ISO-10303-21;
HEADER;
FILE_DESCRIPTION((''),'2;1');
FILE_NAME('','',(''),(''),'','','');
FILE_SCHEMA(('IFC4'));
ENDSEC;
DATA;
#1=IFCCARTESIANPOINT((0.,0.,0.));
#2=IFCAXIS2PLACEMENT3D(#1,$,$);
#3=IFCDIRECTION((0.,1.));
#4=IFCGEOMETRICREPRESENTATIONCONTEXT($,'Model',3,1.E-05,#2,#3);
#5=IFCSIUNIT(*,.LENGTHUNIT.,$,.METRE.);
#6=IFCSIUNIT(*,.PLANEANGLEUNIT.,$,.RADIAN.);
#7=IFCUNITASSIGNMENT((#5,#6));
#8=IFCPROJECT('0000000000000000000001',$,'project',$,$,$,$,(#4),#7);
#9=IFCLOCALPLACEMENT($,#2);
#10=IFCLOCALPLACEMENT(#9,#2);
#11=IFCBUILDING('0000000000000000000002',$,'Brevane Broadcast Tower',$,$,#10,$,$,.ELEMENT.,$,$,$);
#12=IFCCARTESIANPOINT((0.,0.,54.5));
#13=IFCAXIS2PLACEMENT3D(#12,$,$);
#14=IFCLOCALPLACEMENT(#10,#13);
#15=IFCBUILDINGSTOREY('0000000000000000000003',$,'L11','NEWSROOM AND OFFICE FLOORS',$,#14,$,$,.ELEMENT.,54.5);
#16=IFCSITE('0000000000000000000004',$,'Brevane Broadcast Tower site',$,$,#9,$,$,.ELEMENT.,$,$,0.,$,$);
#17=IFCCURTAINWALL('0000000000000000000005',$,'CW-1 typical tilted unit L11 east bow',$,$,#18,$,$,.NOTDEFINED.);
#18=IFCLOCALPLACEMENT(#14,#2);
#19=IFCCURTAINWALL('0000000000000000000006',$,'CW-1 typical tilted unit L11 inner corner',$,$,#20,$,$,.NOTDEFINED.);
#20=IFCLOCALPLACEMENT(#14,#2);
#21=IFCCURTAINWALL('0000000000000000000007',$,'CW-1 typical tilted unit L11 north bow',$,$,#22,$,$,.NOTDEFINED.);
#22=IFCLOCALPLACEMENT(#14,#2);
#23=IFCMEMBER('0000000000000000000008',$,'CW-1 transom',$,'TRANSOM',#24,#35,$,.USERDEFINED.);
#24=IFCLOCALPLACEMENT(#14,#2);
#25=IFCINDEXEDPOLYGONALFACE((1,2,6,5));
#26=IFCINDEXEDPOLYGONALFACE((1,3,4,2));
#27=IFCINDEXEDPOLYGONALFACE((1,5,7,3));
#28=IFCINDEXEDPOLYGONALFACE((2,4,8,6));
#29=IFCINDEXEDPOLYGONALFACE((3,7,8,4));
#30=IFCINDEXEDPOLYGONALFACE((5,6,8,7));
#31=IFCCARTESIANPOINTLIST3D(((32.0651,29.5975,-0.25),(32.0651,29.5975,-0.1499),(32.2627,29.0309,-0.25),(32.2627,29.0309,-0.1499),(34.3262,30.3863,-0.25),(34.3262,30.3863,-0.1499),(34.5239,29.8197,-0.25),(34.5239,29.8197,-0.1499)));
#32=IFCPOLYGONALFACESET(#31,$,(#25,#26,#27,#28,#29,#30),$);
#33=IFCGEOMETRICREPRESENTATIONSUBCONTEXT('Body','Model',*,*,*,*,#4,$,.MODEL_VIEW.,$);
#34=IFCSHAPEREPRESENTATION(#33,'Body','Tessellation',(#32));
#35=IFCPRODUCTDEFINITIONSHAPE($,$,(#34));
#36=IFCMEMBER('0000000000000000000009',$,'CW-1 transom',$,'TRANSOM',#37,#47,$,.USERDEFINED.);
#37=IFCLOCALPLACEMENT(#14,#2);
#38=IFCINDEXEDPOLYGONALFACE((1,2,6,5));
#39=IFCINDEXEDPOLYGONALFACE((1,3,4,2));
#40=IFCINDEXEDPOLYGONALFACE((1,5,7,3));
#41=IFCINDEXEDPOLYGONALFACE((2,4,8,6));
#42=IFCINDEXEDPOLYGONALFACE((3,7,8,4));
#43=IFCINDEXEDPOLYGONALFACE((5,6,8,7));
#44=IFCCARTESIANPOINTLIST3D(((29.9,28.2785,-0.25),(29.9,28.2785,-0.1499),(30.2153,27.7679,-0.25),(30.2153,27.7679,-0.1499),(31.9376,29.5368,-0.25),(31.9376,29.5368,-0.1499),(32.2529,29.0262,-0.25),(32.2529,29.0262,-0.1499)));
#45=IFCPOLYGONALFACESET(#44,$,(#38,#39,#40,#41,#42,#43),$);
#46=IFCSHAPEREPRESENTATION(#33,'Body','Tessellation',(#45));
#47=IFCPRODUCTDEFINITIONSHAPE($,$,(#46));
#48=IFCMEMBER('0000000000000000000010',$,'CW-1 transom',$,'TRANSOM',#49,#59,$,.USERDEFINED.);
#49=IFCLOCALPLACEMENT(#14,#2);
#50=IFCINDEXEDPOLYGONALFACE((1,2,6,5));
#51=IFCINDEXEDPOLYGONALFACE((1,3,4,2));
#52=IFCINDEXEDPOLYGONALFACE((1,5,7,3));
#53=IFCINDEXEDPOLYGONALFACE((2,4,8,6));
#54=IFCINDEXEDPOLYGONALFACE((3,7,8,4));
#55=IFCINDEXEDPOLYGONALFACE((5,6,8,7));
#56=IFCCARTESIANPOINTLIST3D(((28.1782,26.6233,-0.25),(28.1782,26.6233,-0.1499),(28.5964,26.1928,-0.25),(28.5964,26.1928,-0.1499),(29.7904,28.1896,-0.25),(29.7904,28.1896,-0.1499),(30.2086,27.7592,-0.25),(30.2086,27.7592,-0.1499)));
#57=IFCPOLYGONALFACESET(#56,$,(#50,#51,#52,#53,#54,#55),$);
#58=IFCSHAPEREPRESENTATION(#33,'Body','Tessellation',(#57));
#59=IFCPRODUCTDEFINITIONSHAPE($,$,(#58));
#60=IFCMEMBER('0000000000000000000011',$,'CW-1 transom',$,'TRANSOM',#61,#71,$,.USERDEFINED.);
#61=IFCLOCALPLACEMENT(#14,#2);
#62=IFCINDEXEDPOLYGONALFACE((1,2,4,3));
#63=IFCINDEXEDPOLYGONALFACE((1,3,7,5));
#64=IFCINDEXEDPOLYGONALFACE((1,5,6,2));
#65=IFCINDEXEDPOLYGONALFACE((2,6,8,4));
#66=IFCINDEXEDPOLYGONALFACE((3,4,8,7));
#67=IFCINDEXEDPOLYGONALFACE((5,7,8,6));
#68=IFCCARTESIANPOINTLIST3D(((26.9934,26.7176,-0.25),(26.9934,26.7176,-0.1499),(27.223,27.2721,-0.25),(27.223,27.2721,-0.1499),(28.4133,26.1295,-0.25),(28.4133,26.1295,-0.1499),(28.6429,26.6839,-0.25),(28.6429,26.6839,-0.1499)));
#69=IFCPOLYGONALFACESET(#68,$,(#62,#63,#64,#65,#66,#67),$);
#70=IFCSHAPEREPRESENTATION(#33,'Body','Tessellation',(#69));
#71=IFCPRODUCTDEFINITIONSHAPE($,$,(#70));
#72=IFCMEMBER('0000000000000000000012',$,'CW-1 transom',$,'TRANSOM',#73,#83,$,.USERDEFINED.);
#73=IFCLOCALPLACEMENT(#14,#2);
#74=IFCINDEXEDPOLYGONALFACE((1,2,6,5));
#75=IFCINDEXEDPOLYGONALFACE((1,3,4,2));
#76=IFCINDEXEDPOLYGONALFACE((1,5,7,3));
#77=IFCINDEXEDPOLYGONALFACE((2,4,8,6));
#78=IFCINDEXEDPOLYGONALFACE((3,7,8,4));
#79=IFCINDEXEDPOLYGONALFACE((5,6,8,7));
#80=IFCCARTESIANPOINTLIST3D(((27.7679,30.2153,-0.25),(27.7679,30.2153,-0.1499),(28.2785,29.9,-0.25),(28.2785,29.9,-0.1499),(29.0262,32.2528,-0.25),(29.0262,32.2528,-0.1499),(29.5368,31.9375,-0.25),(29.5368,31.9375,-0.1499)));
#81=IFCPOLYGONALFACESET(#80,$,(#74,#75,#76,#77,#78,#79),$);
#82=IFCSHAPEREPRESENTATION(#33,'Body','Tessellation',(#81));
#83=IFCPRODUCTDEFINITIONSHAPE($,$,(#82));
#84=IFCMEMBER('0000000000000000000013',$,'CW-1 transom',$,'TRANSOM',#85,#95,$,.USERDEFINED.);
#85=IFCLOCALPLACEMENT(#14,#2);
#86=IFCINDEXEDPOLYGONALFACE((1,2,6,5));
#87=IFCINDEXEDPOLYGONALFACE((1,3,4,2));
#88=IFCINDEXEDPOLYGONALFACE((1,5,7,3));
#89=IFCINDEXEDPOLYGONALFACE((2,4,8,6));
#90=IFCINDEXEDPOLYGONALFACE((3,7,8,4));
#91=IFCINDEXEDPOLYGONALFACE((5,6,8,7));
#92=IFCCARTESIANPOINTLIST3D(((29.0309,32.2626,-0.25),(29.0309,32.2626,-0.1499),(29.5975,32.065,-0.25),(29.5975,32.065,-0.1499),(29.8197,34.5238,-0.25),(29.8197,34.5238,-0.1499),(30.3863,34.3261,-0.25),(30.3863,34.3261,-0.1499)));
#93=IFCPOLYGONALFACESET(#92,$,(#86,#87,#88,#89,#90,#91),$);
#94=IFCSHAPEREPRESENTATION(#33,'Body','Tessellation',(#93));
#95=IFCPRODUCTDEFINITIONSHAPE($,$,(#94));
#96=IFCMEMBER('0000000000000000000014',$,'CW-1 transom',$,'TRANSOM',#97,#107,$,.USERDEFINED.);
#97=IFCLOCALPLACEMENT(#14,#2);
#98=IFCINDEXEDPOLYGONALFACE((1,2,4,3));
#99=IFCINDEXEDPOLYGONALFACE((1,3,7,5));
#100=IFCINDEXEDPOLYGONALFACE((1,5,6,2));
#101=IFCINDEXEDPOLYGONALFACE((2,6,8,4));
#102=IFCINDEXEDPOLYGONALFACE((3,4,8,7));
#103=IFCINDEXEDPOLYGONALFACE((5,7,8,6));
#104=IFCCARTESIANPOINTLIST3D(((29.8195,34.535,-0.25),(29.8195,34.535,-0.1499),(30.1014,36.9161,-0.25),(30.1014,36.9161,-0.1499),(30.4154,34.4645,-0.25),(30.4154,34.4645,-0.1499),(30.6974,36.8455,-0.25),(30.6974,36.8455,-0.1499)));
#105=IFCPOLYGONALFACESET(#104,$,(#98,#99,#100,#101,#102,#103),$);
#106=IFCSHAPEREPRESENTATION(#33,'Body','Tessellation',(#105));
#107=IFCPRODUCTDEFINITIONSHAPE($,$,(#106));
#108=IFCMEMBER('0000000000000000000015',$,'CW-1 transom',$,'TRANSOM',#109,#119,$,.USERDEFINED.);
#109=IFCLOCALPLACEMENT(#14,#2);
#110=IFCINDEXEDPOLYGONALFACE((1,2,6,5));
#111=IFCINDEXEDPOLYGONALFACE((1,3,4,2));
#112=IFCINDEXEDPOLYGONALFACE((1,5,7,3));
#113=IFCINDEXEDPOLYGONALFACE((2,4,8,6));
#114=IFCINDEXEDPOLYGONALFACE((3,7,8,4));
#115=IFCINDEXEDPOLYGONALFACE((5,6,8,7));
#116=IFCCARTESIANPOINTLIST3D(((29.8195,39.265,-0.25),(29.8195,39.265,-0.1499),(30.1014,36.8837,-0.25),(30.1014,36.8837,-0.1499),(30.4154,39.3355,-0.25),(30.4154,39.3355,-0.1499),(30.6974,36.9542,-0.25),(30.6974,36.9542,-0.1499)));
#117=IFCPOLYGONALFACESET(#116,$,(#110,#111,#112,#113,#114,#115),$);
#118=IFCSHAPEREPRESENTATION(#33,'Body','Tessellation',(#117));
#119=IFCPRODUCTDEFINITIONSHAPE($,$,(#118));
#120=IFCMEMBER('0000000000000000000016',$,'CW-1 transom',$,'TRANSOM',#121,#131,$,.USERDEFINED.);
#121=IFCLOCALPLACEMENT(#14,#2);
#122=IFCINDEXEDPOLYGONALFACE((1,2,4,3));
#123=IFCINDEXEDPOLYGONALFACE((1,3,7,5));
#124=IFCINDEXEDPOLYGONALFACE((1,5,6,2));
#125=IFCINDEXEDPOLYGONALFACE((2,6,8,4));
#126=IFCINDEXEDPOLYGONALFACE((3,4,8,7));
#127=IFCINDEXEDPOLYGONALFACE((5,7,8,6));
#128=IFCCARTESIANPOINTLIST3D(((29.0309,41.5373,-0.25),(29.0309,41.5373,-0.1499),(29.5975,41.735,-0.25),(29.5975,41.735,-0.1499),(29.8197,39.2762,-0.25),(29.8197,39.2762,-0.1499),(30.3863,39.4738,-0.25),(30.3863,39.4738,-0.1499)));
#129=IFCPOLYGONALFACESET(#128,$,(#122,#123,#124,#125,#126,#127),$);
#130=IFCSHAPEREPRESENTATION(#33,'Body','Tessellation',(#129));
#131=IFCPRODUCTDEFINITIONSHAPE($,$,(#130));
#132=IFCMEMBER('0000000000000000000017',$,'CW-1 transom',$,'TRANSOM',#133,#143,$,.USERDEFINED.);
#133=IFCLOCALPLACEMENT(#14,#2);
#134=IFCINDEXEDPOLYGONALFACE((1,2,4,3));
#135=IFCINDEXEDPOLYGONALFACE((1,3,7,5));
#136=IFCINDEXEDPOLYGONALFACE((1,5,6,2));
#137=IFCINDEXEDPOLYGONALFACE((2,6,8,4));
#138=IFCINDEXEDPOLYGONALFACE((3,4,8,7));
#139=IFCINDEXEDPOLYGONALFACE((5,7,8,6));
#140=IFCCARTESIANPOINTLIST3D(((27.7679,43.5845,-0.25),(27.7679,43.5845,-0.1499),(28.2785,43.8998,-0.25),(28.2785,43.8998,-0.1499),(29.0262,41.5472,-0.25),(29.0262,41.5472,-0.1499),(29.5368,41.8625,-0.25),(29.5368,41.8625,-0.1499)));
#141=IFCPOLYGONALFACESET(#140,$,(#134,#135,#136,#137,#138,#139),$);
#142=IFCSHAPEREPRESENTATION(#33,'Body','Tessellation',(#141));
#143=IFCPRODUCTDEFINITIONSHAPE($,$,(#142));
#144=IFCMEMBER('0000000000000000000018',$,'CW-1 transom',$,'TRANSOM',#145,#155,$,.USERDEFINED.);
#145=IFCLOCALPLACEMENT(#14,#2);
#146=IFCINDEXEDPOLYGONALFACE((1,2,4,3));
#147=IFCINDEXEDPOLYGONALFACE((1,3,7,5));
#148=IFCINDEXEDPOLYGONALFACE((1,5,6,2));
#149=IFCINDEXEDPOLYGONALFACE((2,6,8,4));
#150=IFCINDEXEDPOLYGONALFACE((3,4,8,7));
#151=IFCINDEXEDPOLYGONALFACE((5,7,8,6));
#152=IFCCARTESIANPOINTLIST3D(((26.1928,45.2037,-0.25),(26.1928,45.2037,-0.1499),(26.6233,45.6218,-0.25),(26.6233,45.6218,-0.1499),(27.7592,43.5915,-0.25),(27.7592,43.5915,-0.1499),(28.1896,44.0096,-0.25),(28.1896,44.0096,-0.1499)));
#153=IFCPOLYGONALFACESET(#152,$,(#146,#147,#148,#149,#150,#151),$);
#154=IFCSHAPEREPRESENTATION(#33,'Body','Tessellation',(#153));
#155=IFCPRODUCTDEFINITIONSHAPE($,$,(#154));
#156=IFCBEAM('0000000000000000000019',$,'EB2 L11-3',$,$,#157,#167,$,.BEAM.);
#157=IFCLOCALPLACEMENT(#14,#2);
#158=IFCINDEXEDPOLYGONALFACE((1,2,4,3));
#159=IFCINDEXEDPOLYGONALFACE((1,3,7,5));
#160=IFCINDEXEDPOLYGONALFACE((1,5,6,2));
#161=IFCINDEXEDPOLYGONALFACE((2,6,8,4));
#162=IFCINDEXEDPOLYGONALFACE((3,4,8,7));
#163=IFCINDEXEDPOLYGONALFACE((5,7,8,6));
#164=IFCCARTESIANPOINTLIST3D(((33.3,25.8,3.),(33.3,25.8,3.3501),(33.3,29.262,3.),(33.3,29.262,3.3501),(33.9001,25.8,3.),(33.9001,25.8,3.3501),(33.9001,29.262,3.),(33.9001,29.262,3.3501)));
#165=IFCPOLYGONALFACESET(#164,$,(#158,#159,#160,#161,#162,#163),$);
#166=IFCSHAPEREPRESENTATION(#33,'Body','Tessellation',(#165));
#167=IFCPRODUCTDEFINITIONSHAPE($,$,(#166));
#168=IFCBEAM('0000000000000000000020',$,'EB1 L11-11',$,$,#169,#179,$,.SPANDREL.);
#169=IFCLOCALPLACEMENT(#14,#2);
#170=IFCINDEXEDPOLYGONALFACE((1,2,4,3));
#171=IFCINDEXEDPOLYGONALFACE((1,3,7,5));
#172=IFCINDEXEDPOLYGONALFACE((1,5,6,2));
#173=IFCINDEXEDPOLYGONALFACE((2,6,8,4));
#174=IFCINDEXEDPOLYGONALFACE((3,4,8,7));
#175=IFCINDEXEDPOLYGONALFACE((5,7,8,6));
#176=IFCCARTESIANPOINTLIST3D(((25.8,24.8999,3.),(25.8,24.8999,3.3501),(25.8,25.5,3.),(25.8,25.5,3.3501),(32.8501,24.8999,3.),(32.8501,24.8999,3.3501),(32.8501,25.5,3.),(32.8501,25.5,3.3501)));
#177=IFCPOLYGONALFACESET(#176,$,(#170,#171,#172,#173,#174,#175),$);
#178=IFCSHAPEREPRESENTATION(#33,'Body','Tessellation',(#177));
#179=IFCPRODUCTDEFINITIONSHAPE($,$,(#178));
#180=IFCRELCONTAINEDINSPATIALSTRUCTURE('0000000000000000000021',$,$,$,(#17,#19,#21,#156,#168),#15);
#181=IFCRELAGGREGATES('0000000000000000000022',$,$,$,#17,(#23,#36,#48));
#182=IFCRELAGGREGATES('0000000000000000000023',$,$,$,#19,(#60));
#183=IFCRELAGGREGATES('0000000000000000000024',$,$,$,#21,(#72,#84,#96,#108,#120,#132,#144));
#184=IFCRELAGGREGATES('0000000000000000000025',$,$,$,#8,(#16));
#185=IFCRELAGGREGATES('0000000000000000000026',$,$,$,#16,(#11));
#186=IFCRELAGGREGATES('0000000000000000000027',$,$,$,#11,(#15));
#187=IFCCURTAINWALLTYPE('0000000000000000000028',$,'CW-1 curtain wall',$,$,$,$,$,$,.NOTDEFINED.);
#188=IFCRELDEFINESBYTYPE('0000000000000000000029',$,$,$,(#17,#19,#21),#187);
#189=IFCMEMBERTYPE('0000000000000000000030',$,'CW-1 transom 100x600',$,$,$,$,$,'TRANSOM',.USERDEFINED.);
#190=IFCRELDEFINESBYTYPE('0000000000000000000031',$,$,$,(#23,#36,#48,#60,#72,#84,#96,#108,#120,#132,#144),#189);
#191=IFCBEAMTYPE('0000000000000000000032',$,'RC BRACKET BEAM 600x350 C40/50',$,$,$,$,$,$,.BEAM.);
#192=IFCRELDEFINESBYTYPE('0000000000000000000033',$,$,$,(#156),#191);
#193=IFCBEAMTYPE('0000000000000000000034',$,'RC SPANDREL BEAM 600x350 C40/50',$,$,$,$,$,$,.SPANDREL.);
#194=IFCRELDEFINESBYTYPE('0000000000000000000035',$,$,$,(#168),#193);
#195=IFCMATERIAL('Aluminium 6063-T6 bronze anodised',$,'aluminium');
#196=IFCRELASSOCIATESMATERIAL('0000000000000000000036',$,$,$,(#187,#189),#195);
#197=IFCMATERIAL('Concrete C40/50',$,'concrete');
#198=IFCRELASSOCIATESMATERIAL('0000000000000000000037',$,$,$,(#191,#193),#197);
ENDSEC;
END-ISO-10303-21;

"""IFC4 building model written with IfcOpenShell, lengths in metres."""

from ifc_helpers import new_model, si_unit, direction, frame, origin, origin_2d, place, context, subcontext, project, spatial, rectangle, extrude, material, material_profile, profile_set, type_object, element, aggregate, save


model = new_model("IFC4")

# Units and contexts
model_context = context("Model", 3, precision=1e-05, world=origin(), true_north=direction((0.0, 1.0)))
body_context = subcontext(model_context, "Body", "Model", "MODEL_VIEW")
ifc_project = project(units=[si_unit("LENGTHUNIT", "METRE"), si_unit("PLANEANGLEUNIT", "RADIAN")], contexts=[model_context])

# Site, building, storey
site_placement = place(None, origin())
site = spatial("IfcSite", under=ifc_project, at=site_placement, Name="Brevane Broadcast Tower site", CompositionType="ELEMENT", RefElevation=0.0)
building_placement = place(site_placement, origin())
building = spatial("IfcBuilding", under=site, at=building_placement, Name="Brevane Broadcast Tower", CompositionType="ELEMENT")
storey_placement = place(building_placement, frame((0.0, 0.0, 54.5)))
storey = spatial("IfcBuildingStorey", under=building, at=storey_placement, Name="L11", Description="NEWSROOM AND OFFICE FLOORS", CompositionType="ELEMENT", Elevation=54.5)

# Curtain walls
ifc_material_1 = material(Name="Aluminium 6063-T6 bronze anodised", Category="aluminium")
curtain_wall_type = type_object("IfcCurtainWallType", Name="CW-1 curtain wall", PredefinedType="NOTDEFINED", material=ifc_material_1)
curtain_wall_1_placement = place(storey_placement, origin())
curtain_wall_1 = element("IfcCurtainWall", 1, at=curtain_wall_1_placement, inside=storey, type_object=curtain_wall_type, Name="CW-1 typical tilted unit L11 east bow", PredefinedType="NOTDEFINED")
curtain_wall_2_placement = place(storey_placement, origin())
curtain_wall_2 = element("IfcCurtainWall", 2, at=curtain_wall_2_placement, inside=storey, type_object=curtain_wall_type, Name="CW-1 typical tilted unit L11 inner corner", PredefinedType="NOTDEFINED")
curtain_wall_3_placement = place(storey_placement, origin())
curtain_wall_3 = element("IfcCurtainWall", 3, at=curtain_wall_3_placement, inside=storey, type_object=curtain_wall_type, Name="CW-1 typical tilted unit L11 north bow", PredefinedType="NOTDEFINED")

# Members
ifc_material_profile_1 = material_profile(ifc_material_1, rectangle(XDim=0.6001, YDim=0.1001, at=origin_2d()), Name="RECT 100x600")
ifc_profile_set_1 = profile_set([ifc_material_profile_1], Name="Aluminium 6063-T6 bronze anodised")
member_type_1 = type_object("IfcMemberType", Name="CW-1 transom 100x600", ElementType="TRANSOM", PredefinedType="USERDEFINED", material=ifc_profile_set_1)
member_1_placement = place(storey_placement, frame((34.425, 30.103, -0.2), z_axis=(-0.944198, -0.329378, 0.0), x_axis=(0.329378, -0.944198, 0.0)))
member_1 = element("IfcMember", 4, at=member_1_placement, type_object=member_type_1, Name="CW-1 transom", ObjectType="TRANSOM", PredefinedType="USERDEFINED", context=body_context, shape_type="SweptSolid", body=[
    extrude(rectangle(XDim=0.6001, YDim=0.1001, at=origin_2d()), origin(), (0.0, 0.0, 1.0), 2.3948),
])
member_2_placement = place(storey_placement, frame((32.0952, 29.2815, -0.2), z_axis=(-0.850838, -0.525428, 0.0), x_axis=(0.525428, -0.850838, 0.0)))
member_2 = element("IfcMember", 5, at=member_2_placement, type_object=member_type_1, Name="CW-1 transom", ObjectType="TRANSOM", PredefinedType="USERDEFINED", context=body_context, shape_type="SweptSolid", body=[
    extrude(rectangle(XDim=0.6001, YDim=0.1001, at=origin_2d()), origin(), (0.0, 0.0, 1.0), 2.3948),
])
member_3_placement = place(storey_placement, frame((29.9995, 27.9744, -0.2), z_axis=(-0.717242, -0.696824, 0.0), x_axis=(0.696824, -0.717242, 0.0)))
member_3 = element("IfcMember", 6, at=member_3_placement, type_object=member_type_1, Name="CW-1 transom", ObjectType="TRANSOM", PredefinedType="USERDEFINED", context=body_context, shape_type="SweptSolid", body=[
    extrude(rectangle(XDim=0.6001, YDim=0.1001, at=origin_2d()), origin(), (0.0, 0.0, 1.0), 2.2478),
])
aggregate(curtain_wall_1, [member_1, member_2, member_3])
member_4_placement = place(storey_placement, frame((28.5281, 26.4067, -0.2), z_axis=(-0.923883, 0.382674, 0.0), x_axis=(-0.382674, -0.923883, 0.0)))
member_4 = element("IfcMember", 7, at=member_4_placement, type_object=member_type_1, Name="CW-1 transom", ObjectType="TRANSOM", PredefinedType="USERDEFINED", context=body_context, shape_type="SweptSolid", body=[
    extrude(rectangle(XDim=0.6001, YDim=0.1001, at=origin_2d()), origin(), (0.0, 0.0, 1.0), 1.5369),
])
aggregate(curtain_wall_2, [member_4])
member_5_placement = place(storey_placement, frame((28.0232, 30.0576, -0.2), z_axis=(0.525428, 0.850838, 0.0), x_axis=(-0.850838, 0.525428, 0.0)))
member_5 = element("IfcMember", 8, at=member_5_placement, type_object=member_type_1, Name="CW-1 transom", ObjectType="TRANSOM", PredefinedType="USERDEFINED", context=body_context, shape_type="SweptSolid", body=[
    extrude(rectangle(XDim=0.6001, YDim=0.1001, at=origin_2d()), origin(), (0.0, 0.0, 1.0), 2.3948),
])
member_6_placement = place(storey_placement, frame((29.3142, 32.1638, -0.2), z_axis=(0.329378, 0.944198, 0.0), x_axis=(-0.944198, 0.329378, 0.0)))
member_6 = element("IfcMember", 9, at=member_6_placement, type_object=member_type_1, Name="CW-1 transom", ObjectType="TRANSOM", PredefinedType="USERDEFINED", context=body_context, shape_type="SweptSolid", body=[
    extrude(rectangle(XDim=0.6001, YDim=0.1001, at=origin_2d()), origin(), (0.0, 0.0, 1.0), 2.3948),
])
member_7_placement = place(storey_placement, frame((30.1174, 34.4998, -0.2), z_axis=(0.117603, 0.993061, 0.0), x_axis=(-0.993061, 0.117603, 0.0)))
member_7 = element("IfcMember", 10, at=member_7_placement, type_object=member_type_1, Name="CW-1 transom", ObjectType="TRANSOM", PredefinedType="USERDEFINED", context=body_context, shape_type="SweptSolid", body=[
    extrude(rectangle(XDim=0.6001, YDim=0.1001, at=origin_2d()), origin(), (0.0, 0.0, 1.0), 2.3977),
])
member_8_placement = place(storey_placement, frame((30.3994, 36.9189, -0.2), z_axis=(-0.117591, 0.993062, 0.0), x_axis=(-0.993062, -0.117591, 0.0)))
member_8 = element("IfcMember", 11, at=member_8_placement, type_object=member_type_1, Name="CW-1 transom", ObjectType="TRANSOM", PredefinedType="USERDEFINED", context=body_context, shape_type="SweptSolid", body=[
    extrude(rectangle(XDim=0.6001, YDim=0.1001, at=origin_2d()), origin(), (0.0, 0.0, 1.0), 2.3979),
])
member_9_placement = place(storey_placement, frame((30.103, 39.375, -0.2), z_axis=(-0.329378, 0.944198, 0.0), x_axis=(-0.944198, -0.329378, 0.0)))
member_9 = element("IfcMember", 12, at=member_9_placement, type_object=member_type_1, Name="CW-1 transom", ObjectType="TRANSOM", PredefinedType="USERDEFINED", context=body_context, shape_type="SweptSolid", body=[
    extrude(rectangle(XDim=0.6001, YDim=0.1001, at=origin_2d()), origin(), (0.0, 0.0, 1.0), 2.3948),
])
member_10_placement = place(storey_placement, frame((29.2815, 41.7048, -0.2), z_axis=(-0.525473, 0.85081, 0.0), x_axis=(-0.85081, -0.525473, 0.0)))
member_10 = element("IfcMember", 13, at=member_10_placement, type_object=member_type_1, Name="CW-1 transom", ObjectType="TRANSOM", PredefinedType="USERDEFINED", context=body_context, shape_type="SweptSolid", body=[
    extrude(rectangle(XDim=0.6001, YDim=0.1001, at=origin_2d()), origin(), (0.0, 0.0, 1.0), 2.3945),
])
member_11_placement = place(storey_placement, frame((27.9744, 43.8005, -0.2), z_axis=(-0.696824, 0.717242, 0.0), x_axis=(-0.717242, -0.696824, 0.0)))
member_11 = element("IfcMember", 14, at=member_11_placement, type_object=member_type_1, Name="CW-1 transom", ObjectType="TRANSOM", PredefinedType="USERDEFINED", context=body_context, shape_type="SweptSolid", body=[
    extrude(rectangle(XDim=0.6001, YDim=0.1001, at=origin_2d()), origin(), (0.0, 0.0, 1.0), 2.2478),
])
aggregate(curtain_wall_3, [member_5, member_6, member_7, member_8, member_9, member_10, member_11])

# Beams
ifc_material_2 = material(Name="Concrete C40/50", Category="concrete")
ifc_material_profile_2 = material_profile(ifc_material_2, rectangle(XDim=0.6001, YDim=0.3501, at=origin_2d()), Name="RC 600x350")
ifc_profile_set_2 = profile_set([ifc_material_profile_2], Name="Concrete C40/50")
beam_type_1 = type_object("IfcBeamType", Name="RC BRACKET BEAM 600x350 C40/50", PredefinedType="BEAM", material=ifc_profile_set_2)
beam_1_placement = place(storey_placement, frame((33.6001, 25.8, 3.175), z_axis=(0.0, 1.0, 0.0), x_axis=(-1.0, 0.0, 0.0)))
element("IfcBeam", 15, at=beam_1_placement, inside=storey, type_object=beam_type_1, Name="EB2 L11-3", PredefinedType="BEAM", context=body_context, shape_type="SweptSolid", body=[
    extrude(rectangle(XDim=0.6001, YDim=0.3501, at=origin_2d()), origin(), (0.0, 0.0, 1.0), 3.4619),
])
ifc_material_profile_3 = material_profile(ifc_material_2, rectangle(XDim=0.6001, YDim=0.3501, at=origin_2d()), Name="RC 600x350")
ifc_profile_set_3 = profile_set([ifc_material_profile_3], Name="Concrete C40/50")
beam_type_2 = type_object("IfcBeamType", Name="RC SPANDREL BEAM 600x350 C40/50", PredefinedType="SPANDREL", material=ifc_profile_set_3)
beam_2_placement = place(storey_placement, frame((32.8501, 25.2, 3.175), z_axis=(-1.0, 0.0, 0.0), x_axis=(0.0, -1.0, 0.0)))
element("IfcBeam", 16, at=beam_2_placement, inside=storey, type_object=beam_type_2, Name="EB1 L11-11", PredefinedType="SPANDREL", context=body_context, shape_type="SweptSolid", body=[
    extrude(rectangle(XDim=0.6001, YDim=0.3501, at=origin_2d()), origin(), (0.0, 0.0, 1.0), 7.05),
])

save(model, "model.ifc")
